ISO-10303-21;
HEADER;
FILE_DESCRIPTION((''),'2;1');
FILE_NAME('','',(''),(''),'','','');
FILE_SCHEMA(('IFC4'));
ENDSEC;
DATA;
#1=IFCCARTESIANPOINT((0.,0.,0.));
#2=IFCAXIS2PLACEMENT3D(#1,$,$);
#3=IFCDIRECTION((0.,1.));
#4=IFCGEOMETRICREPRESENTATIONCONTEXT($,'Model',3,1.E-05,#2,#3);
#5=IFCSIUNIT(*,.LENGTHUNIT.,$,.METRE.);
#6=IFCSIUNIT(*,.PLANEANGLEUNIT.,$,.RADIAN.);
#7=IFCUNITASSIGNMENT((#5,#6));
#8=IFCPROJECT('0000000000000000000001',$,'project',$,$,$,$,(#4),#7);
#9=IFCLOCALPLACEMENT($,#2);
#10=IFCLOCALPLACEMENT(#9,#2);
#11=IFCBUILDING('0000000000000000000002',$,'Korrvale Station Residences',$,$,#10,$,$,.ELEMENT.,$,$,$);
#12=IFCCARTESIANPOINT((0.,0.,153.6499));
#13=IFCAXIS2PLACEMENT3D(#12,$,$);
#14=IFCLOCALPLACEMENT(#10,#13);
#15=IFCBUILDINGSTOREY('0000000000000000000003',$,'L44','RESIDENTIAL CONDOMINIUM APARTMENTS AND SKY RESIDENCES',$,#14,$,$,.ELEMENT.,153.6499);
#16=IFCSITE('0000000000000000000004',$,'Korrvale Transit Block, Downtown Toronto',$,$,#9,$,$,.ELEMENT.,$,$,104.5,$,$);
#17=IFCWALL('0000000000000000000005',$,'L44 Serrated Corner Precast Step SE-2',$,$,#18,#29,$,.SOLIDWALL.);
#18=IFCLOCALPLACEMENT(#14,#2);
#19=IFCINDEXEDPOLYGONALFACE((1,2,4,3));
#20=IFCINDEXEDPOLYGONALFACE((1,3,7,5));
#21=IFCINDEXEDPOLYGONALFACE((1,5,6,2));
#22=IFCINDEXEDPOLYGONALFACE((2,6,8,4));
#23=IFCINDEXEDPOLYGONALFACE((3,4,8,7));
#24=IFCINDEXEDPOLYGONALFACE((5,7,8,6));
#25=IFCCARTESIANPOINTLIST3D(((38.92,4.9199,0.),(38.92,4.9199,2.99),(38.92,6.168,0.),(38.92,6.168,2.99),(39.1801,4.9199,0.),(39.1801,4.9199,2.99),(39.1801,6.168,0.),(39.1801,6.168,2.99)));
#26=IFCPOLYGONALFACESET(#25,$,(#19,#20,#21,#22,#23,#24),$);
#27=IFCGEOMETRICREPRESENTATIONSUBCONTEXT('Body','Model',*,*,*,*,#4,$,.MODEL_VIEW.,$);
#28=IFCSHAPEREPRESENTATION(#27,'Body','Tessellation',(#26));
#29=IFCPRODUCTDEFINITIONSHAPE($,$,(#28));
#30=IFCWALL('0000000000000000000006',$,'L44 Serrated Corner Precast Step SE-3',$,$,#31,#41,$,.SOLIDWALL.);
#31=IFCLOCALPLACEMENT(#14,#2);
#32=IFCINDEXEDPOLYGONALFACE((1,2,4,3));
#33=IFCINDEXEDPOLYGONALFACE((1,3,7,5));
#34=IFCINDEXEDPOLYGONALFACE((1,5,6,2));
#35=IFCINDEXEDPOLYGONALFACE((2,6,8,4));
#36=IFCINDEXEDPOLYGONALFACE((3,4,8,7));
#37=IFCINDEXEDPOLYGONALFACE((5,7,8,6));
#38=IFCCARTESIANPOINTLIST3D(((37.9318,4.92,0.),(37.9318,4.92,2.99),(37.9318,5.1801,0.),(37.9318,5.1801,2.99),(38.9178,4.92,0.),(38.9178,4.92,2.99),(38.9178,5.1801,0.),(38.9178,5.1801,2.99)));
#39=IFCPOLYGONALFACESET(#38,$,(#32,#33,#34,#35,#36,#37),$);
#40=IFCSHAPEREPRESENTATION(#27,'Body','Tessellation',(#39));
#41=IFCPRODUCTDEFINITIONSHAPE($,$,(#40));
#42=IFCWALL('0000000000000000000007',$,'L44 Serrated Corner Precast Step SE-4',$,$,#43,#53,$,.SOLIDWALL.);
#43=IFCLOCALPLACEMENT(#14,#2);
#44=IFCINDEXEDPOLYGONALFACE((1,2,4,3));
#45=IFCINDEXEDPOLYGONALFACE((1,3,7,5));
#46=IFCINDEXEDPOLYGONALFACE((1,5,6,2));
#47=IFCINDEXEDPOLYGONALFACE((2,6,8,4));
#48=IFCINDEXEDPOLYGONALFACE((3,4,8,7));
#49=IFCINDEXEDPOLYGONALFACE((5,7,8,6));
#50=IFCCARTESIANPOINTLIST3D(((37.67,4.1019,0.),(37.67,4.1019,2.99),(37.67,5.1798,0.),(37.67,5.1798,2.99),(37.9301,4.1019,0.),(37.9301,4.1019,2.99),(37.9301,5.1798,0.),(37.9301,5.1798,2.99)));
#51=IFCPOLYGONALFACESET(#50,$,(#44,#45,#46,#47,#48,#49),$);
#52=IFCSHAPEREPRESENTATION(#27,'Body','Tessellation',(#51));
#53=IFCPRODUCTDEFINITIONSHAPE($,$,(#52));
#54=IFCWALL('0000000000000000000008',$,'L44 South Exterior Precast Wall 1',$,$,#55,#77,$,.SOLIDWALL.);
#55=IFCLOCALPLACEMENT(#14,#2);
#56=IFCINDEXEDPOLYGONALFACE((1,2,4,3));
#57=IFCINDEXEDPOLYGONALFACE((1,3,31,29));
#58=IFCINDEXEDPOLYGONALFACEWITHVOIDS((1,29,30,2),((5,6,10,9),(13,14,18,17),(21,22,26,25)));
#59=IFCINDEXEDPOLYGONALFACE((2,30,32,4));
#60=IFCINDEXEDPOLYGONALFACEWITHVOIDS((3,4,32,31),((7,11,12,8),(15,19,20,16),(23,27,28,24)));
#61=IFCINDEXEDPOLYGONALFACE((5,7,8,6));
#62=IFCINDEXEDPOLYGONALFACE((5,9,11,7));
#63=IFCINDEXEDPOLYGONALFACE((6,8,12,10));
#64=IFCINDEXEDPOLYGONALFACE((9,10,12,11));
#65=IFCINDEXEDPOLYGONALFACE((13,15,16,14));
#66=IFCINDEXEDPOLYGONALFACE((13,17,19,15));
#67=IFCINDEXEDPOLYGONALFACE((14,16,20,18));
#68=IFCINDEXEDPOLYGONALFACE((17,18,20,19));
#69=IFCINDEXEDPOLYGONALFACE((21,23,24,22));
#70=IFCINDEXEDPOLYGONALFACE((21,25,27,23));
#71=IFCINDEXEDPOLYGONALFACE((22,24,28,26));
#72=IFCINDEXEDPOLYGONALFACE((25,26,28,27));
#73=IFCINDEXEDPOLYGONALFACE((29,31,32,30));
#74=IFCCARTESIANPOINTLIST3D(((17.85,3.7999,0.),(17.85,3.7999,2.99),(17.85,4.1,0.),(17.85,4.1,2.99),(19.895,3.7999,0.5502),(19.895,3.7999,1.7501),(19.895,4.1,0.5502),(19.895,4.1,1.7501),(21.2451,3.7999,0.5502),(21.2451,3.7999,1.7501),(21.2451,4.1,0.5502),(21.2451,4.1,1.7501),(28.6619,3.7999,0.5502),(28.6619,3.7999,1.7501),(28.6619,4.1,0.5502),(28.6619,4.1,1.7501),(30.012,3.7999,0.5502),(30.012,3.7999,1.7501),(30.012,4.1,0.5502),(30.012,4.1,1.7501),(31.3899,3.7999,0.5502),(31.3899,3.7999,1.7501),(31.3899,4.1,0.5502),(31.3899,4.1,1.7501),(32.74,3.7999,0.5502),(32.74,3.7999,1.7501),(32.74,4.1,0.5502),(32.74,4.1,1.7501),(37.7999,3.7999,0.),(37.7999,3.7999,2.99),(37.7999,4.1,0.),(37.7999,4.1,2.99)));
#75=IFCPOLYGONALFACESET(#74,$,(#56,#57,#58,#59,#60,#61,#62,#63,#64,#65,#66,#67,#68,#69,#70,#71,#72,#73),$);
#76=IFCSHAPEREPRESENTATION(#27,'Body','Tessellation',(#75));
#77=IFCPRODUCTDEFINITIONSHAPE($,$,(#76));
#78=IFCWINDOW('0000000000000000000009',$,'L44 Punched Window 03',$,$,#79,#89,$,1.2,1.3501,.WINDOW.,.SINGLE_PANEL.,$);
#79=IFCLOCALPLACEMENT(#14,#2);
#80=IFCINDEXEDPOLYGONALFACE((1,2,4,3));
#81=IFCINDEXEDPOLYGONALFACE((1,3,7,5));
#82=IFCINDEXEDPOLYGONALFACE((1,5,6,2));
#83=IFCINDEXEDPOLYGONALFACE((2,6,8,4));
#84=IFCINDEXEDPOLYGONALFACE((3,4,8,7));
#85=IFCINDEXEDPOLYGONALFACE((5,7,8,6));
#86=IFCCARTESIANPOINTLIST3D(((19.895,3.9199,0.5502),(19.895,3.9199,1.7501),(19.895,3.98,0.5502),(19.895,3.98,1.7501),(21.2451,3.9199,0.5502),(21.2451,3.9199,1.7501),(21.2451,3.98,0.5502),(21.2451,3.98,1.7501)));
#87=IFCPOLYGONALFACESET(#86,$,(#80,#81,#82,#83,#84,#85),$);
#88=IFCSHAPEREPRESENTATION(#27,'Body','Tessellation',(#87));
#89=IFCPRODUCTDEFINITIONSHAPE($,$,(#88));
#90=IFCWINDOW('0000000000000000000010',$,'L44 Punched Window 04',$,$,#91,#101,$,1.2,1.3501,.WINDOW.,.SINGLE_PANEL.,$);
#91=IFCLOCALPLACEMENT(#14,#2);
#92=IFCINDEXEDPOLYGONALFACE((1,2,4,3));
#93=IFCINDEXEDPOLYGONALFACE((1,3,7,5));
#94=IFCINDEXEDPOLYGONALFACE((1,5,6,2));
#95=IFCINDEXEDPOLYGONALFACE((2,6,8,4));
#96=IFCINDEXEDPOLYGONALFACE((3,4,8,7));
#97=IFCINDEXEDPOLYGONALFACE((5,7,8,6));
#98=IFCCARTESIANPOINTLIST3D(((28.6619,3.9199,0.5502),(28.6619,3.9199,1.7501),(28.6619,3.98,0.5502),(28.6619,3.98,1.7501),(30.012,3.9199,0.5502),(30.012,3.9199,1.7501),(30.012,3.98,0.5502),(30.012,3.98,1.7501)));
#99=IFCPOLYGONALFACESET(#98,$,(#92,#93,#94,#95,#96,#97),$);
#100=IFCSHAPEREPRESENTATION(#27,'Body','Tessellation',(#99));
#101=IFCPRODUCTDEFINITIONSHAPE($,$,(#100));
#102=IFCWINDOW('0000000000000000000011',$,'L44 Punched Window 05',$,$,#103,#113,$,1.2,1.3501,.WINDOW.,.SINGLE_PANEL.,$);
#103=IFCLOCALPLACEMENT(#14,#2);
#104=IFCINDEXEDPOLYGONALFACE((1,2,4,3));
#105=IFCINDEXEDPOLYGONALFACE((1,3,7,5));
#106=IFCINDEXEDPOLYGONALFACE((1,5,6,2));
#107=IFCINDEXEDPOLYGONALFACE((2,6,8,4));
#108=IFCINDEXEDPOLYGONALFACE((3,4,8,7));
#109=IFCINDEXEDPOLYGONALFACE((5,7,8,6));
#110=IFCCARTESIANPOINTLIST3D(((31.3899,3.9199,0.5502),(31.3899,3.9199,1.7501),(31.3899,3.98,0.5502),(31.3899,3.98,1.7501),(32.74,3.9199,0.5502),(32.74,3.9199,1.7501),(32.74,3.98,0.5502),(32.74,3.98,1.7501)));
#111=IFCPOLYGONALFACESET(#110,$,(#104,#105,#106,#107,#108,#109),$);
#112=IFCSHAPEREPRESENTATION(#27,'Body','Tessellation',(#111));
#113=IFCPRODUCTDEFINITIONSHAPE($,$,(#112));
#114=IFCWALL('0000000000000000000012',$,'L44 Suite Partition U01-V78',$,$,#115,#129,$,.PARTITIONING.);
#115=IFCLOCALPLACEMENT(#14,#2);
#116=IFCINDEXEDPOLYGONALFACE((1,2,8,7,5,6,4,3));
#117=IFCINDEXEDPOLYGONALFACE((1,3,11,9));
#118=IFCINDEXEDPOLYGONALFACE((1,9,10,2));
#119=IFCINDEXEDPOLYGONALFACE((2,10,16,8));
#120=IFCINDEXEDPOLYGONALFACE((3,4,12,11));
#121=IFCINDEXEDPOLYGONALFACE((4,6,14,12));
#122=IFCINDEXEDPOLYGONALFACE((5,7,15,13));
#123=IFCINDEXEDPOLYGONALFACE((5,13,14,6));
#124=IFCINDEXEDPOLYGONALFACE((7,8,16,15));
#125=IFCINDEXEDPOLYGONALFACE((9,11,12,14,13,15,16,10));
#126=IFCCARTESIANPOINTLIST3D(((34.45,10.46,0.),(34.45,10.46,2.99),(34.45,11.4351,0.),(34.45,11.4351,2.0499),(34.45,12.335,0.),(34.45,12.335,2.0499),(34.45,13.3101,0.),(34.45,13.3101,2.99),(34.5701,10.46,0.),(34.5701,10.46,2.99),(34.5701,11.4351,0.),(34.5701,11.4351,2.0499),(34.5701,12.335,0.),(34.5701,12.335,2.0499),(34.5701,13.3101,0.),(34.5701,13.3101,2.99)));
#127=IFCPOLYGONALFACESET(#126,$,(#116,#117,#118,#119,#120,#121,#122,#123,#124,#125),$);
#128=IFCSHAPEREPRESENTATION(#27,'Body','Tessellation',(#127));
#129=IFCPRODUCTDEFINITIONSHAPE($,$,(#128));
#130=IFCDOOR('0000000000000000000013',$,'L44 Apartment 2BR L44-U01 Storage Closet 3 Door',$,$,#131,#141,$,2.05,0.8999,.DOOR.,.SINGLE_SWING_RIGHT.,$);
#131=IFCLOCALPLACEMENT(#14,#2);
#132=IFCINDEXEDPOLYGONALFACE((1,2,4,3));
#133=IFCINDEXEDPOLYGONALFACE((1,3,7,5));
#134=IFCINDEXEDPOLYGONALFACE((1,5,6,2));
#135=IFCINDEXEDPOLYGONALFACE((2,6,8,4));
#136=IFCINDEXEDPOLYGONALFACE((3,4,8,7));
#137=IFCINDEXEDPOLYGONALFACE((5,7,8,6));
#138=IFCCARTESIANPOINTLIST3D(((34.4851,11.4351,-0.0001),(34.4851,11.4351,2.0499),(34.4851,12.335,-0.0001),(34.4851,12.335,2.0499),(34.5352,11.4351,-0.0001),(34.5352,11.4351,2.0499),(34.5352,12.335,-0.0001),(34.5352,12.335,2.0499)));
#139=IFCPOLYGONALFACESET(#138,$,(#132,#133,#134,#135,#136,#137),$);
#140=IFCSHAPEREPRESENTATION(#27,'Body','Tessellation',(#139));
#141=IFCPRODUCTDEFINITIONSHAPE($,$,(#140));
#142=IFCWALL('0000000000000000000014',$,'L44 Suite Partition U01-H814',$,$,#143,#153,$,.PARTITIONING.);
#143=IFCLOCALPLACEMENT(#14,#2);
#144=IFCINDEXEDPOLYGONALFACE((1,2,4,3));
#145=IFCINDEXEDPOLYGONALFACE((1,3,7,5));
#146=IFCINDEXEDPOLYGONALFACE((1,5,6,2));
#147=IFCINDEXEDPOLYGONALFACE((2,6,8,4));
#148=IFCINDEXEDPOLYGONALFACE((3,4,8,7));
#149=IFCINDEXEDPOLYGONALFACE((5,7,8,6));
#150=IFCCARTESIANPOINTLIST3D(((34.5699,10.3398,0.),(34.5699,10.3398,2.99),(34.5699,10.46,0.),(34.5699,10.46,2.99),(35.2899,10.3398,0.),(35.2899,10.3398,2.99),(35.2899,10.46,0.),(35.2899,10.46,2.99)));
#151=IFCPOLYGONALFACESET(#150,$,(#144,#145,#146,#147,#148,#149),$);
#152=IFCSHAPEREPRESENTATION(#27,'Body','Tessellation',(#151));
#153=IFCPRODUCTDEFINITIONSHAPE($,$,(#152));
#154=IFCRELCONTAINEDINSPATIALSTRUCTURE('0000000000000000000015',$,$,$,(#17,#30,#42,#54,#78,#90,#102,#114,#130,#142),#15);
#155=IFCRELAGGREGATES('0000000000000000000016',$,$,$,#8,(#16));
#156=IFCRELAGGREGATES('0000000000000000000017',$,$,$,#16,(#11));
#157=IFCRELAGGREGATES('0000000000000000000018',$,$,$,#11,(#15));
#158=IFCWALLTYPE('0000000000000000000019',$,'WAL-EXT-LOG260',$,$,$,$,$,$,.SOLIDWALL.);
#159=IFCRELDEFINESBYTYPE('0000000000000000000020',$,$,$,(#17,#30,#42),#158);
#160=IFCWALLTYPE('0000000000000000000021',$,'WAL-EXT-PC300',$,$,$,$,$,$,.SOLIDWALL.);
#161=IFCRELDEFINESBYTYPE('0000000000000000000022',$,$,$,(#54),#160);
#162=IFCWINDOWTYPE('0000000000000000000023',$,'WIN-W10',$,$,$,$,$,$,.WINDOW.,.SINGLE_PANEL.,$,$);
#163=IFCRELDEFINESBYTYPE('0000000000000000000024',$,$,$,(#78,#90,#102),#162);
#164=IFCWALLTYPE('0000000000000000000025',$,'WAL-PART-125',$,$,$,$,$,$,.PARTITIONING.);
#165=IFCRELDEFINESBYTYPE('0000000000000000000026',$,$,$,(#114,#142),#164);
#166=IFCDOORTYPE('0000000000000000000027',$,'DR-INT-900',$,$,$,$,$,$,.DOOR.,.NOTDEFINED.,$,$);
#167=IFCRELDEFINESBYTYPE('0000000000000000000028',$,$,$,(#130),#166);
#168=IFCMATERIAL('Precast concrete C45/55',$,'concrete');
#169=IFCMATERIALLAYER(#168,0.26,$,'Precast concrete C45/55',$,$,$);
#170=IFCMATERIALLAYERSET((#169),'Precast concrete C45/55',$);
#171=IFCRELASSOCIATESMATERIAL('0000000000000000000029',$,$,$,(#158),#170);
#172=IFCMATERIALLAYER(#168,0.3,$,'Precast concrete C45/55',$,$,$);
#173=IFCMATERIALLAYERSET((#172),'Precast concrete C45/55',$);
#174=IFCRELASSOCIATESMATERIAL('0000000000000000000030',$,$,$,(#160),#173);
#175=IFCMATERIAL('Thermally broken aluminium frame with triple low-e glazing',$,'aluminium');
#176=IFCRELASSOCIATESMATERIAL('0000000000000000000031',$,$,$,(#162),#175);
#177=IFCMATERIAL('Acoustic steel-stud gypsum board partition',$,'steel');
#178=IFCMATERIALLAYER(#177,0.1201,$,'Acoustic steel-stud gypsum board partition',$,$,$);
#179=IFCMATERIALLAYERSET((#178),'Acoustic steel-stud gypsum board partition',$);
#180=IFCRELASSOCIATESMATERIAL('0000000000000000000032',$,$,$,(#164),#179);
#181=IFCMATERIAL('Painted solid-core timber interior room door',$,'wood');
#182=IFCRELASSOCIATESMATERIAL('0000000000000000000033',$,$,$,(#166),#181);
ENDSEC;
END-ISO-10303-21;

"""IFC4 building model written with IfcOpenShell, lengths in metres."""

from ifc_helpers import new_model, si_unit, direction, frame, frame_2d, origin, place, context, subcontext, project, spatial, rectangle, extrude, material, layer, layer_set, type_object, element, fill, save


model = new_model("IFC4")

# Units and contexts
model_context = context("Model", 3, precision=1e-05, world=origin(), true_north=direction((0.0, 1.0)))
body_context = subcontext(model_context, "Body", "Model", "MODEL_VIEW")
ifc_project = project(units=[si_unit("LENGTHUNIT", "METRE"), si_unit("PLANEANGLEUNIT", "RADIAN")], contexts=[model_context])

# Site, building, storey
site_placement = place(None, origin())
site = spatial("IfcSite", under=ifc_project, at=site_placement, Name="Korrvale Transit Block, Downtown Toronto", CompositionType="ELEMENT", RefElevation=104.5)
building_placement = place(site_placement, origin())
building = spatial("IfcBuilding", under=site, at=building_placement, Name="Korrvale Station Residences", CompositionType="ELEMENT")
storey_placement = place(building_placement, frame((0.0, 0.0, 153.6499)))
storey = spatial("IfcBuildingStorey", under=building, at=storey_placement, Name="L44", Description="RESIDENTIAL CONDOMINIUM APARTMENTS AND SKY RESIDENCES", CompositionType="ELEMENT", Elevation=153.6499)

# Walls
ifc_material_1 = material(Name="Precast concrete C45/55", Category="concrete")
ifc_layer_1 = layer(ifc_material_1, 0.26, Name="Precast concrete C45/55")
ifc_layer_set_1 = layer_set([ifc_layer_1], Name="Precast concrete C45/55")
wall_type_1 = type_object("IfcWallType", Name="WAL-EXT-LOG260", PredefinedType="SOLIDWALL", material=ifc_layer_set_1)
wall_1_placement = place(storey_placement, frame((39.05, 6.168, 0.0), z_axis=(0.0, 0.0, 1.0), x_axis=(0.0, -1.0, 0.0)))
element("IfcWall", 1, at=wall_1_placement, inside=storey, type_object=wall_type_1, Name="L44 Serrated Corner Precast Step SE-2", PredefinedType="SOLIDWALL", context=body_context, shape_type="SweptSolid", body=[
    extrude(rectangle(XDim=1.248, YDim=0.26, at=frame_2d((0.624, 0.0))), origin(), (0.0, 0.0, 1.0), 2.99),
])
wall_2_placement = place(storey_placement, frame((38.918, 5.05, 0.0), z_axis=(0.0, 0.0, 1.0), x_axis=(-1.0, 0.0, 0.0)))
element("IfcWall", 2, at=wall_2_placement, inside=storey, type_object=wall_type_1, Name="L44 Serrated Corner Precast Step SE-3", PredefinedType="SOLIDWALL", context=body_context, shape_type="SweptSolid", body=[
    extrude(rectangle(XDim=0.9861, YDim=0.26, at=frame_2d((0.4932, 0.0))), origin(), (0.0, 0.0, 1.0), 2.99),
])
wall_3_placement = place(storey_placement, frame((37.8, 5.1799, 0.0), z_axis=(0.0, 0.0, 1.0), x_axis=(0.0, -1.0, 0.0)))
element("IfcWall", 3, at=wall_3_placement, inside=storey, type_object=wall_type_1, Name="L44 Serrated Corner Precast Step SE-4", PredefinedType="SOLIDWALL", context=body_context, shape_type="SweptSolid", body=[
    extrude(rectangle(XDim=1.0779, YDim=0.26, at=frame_2d((0.5391, 0.0))), origin(), (0.0, 0.0, 1.0), 2.99),
])

# Wall, openings, windows
ifc_layer_2 = layer(ifc_material_1, 0.3, Name="Precast concrete C45/55")
ifc_layer_set_2 = layer_set([ifc_layer_2], Name="Precast concrete C45/55")
wall_type_2 = type_object("IfcWallType", Name="WAL-EXT-PC300", PredefinedType="SOLIDWALL", material=ifc_layer_set_2)
wall_4_placement = place(storey_placement, frame((37.8, 3.95, 0.0), z_axis=(0.0, 0.0, 1.0), x_axis=(-1.0, 0.0, 0.0)))
wall_4 = element("IfcWall", 4, at=wall_4_placement, inside=storey, type_object=wall_type_2, Name="L44 South Exterior Precast Wall 1", PredefinedType="SOLIDWALL", context=body_context, shape_type="SweptSolid", body=[
    extrude(rectangle(XDim=19.95, YDim=0.3, at=frame_2d((9.9751, 0.0))), origin(), (0.0, 0.0, 1.0), 2.99),
])
opening_1_placement = place(wall_4_placement, frame((16.5549, 0.0, 0.55)))
opening_1 = element("IfcOpeningElement", 5, at=opening_1_placement, cuts=wall_4, PredefinedType="OPENING", context=body_context, shape_type="SweptSolid", body=[
    extrude(rectangle(XDim=1.3501, YDim=1.2, at=frame_2d((0.675, 0.6001))), frame((0.0, 0.1602, 0.0), z_axis=(0.0, -1.0, 0.0), x_axis=(1.0, 0.0, 0.0)), (0.0, 0.0, 1.0), 0.3201),
])
opening_2_placement = place(wall_4_placement, frame((7.7881, 0.0, 0.55)))
opening_2 = element("IfcOpeningElement", 6, at=opening_2_placement, cuts=wall_4, PredefinedType="OPENING", context=body_context, shape_type="SweptSolid", body=[
    extrude(rectangle(XDim=1.3501, YDim=1.2, at=frame_2d((0.675, 0.6001))), frame((0.0, 0.1602, 0.0), z_axis=(0.0, -1.0, 0.0), x_axis=(1.0, 0.0, 0.0)), (0.0, 0.0, 1.0), 0.3201),
])
opening_3_placement = place(wall_4_placement, frame((5.0601, 0.0, 0.55)))
opening_3 = element("IfcOpeningElement", 7, at=opening_3_placement, cuts=wall_4, PredefinedType="OPENING", context=body_context, shape_type="SweptSolid", body=[
    extrude(rectangle(XDim=1.3501, YDim=1.2, at=frame_2d((0.675, 0.6001))), frame((0.0, 0.1602, 0.0), z_axis=(0.0, -1.0, 0.0), x_axis=(1.0, 0.0, 0.0)), (0.0, 0.0, 1.0), 0.3201),
])
ifc_material_2 = material(Name="Thermally broken aluminium frame with triple low-e glazing", Category="aluminium")
window_type = type_object("IfcWindowType", Name="WIN-W10", PartitioningType="SINGLE_PANEL", PredefinedType="WINDOW", material=ifc_material_2)
window_1_placement = place(opening_1_placement, origin())
window_1 = element("IfcWindow", 8, at=window_1_placement, inside=storey, type_object=window_type, Name="L44 Punched Window 03", OverallHeight=1.2, OverallWidth=1.3501, PartitioningType="SINGLE_PANEL", PredefinedType="WINDOW", context=body_context, shape_type="SweptSolid", body=[
    extrude(rectangle(XDim=1.3501, YDim=1.2, at=frame_2d((0.675, 0.6001))), frame((0.0, 0.03, 0.0), z_axis=(0.0, -1.0, 0.0), x_axis=(1.0, 0.0, 0.0)), (0.0, 0.0, 1.0), 0.0601),
])
fill(opening_1, window_1)
window_2_placement = place(opening_2_placement, origin())
window_2 = element("IfcWindow", 9, at=window_2_placement, inside=storey, type_object=window_type, Name="L44 Punched Window 04", OverallHeight=1.2, OverallWidth=1.3501, PartitioningType="SINGLE_PANEL", PredefinedType="WINDOW", context=body_context, shape_type="SweptSolid", body=[
    extrude(rectangle(XDim=1.3501, YDim=1.2, at=frame_2d((0.675, 0.6001))), frame((0.0, 0.03, 0.0), z_axis=(0.0, -1.0, 0.0), x_axis=(1.0, 0.0, 0.0)), (0.0, 0.0, 1.0), 0.0601),
])
fill(opening_2, window_2)
window_3_placement = place(opening_3_placement, origin())
window_3 = element("IfcWindow", 10, at=window_3_placement, inside=storey, type_object=window_type, Name="L44 Punched Window 05", OverallHeight=1.2, OverallWidth=1.3501, PartitioningType="SINGLE_PANEL", PredefinedType="WINDOW", context=body_context, shape_type="SweptSolid", body=[
    extrude(rectangle(XDim=1.3501, YDim=1.2, at=frame_2d((0.675, 0.6001))), frame((0.0, 0.03, 0.0), z_axis=(0.0, -1.0, 0.0), x_axis=(1.0, 0.0, 0.0)), (0.0, 0.0, 1.0), 0.0601),
])
fill(opening_3, window_3)

# Wall, opening, door
ifc_material_3 = material(Name="Acoustic steel-stud gypsum board partition", Category="steel")
ifc_layer_3 = layer(ifc_material_3, 0.1201, Name="Acoustic steel-stud gypsum board partition")
ifc_layer_set_3 = layer_set([ifc_layer_3], Name="Acoustic steel-stud gypsum board partition")
wall_type_3 = type_object("IfcWallType", Name="WAL-PART-125", PredefinedType="PARTITIONING", material=ifc_layer_set_3)
wall_5_placement = place(storey_placement, frame((34.51, 10.46, 0.0), z_axis=(0.0, 0.0, 1.0), x_axis=(0.0, 1.0, 0.0)))
wall_5 = element("IfcWall", 11, at=wall_5_placement, inside=storey, type_object=wall_type_3, Name="L44 Suite Partition U01-V78", PredefinedType="PARTITIONING", context=body_context, shape_type="SweptSolid", body=[
    extrude(rectangle(XDim=2.8501, YDim=0.1201, at=frame_2d((1.425, 0.0))), origin(), (0.0, 0.0, 1.0), 2.99),
])
opening_4_placement = place(wall_5_placement, frame((0.9751, 0.0, 0.0)))
opening_4 = element("IfcOpeningElement", 12, at=opening_4_placement, cuts=wall_5, PredefinedType="OPENING", context=body_context, shape_type="SweptSolid", body=[
    extrude(rectangle(XDim=0.8999, YDim=2.05, at=frame_2d((0.45, 1.0249))), frame((0.0, 0.0701, 0.0), z_axis=(0.0, -1.0, 0.0), x_axis=(1.0, 0.0, 0.0)), (0.0, 0.0, 1.0), 0.1401),
])
ifc_material_4 = material(Name="Painted solid-core timber interior room door", Category="wood")
door_type = type_object("IfcDoorType", Name="DR-INT-900", OperationType="NOTDEFINED", PredefinedType="DOOR", material=ifc_material_4)
door_1_placement = place(opening_4_placement, origin())
door_1 = element("IfcDoor", 13, at=door_1_placement, inside=storey, type_object=door_type, Name="L44 Apartment 2BR L44-U01 Storage Closet 3 Door", OperationType="SINGLE_SWING_RIGHT", OverallHeight=2.05, OverallWidth=0.8999, PredefinedType="DOOR", context=body_context, shape_type="SweptSolid", body=[
    extrude(rectangle(XDim=0.8999, YDim=2.05, at=frame_2d((0.45, 1.0249))), frame((0.0, 0.0249, 0.0), z_axis=(0.0, -1.0, 0.0), x_axis=(1.0, 0.0, 0.0)), (0.0, 0.0, 1.0), 0.05),
])
fill(opening_4, door_1)

# Wall
wall_6_placement = place(storey_placement, frame((34.5701, 10.3999, 0.0), z_axis=(0.0, 0.0, 1.0), x_axis=(1.0, 0.0, 0.0)))
element("IfcWall", 14, at=wall_6_placement, inside=storey, type_object=wall_type_3, Name="L44 Suite Partition U01-H814", PredefinedType="PARTITIONING", context=body_context, shape_type="SweptSolid", body=[
    extrude(rectangle(XDim=0.72, YDim=0.1201, at=frame_2d((0.3599, 0.0))), origin(), (0.0, 0.0, 1.0), 2.99),
])

save(model, "model.ifc")
